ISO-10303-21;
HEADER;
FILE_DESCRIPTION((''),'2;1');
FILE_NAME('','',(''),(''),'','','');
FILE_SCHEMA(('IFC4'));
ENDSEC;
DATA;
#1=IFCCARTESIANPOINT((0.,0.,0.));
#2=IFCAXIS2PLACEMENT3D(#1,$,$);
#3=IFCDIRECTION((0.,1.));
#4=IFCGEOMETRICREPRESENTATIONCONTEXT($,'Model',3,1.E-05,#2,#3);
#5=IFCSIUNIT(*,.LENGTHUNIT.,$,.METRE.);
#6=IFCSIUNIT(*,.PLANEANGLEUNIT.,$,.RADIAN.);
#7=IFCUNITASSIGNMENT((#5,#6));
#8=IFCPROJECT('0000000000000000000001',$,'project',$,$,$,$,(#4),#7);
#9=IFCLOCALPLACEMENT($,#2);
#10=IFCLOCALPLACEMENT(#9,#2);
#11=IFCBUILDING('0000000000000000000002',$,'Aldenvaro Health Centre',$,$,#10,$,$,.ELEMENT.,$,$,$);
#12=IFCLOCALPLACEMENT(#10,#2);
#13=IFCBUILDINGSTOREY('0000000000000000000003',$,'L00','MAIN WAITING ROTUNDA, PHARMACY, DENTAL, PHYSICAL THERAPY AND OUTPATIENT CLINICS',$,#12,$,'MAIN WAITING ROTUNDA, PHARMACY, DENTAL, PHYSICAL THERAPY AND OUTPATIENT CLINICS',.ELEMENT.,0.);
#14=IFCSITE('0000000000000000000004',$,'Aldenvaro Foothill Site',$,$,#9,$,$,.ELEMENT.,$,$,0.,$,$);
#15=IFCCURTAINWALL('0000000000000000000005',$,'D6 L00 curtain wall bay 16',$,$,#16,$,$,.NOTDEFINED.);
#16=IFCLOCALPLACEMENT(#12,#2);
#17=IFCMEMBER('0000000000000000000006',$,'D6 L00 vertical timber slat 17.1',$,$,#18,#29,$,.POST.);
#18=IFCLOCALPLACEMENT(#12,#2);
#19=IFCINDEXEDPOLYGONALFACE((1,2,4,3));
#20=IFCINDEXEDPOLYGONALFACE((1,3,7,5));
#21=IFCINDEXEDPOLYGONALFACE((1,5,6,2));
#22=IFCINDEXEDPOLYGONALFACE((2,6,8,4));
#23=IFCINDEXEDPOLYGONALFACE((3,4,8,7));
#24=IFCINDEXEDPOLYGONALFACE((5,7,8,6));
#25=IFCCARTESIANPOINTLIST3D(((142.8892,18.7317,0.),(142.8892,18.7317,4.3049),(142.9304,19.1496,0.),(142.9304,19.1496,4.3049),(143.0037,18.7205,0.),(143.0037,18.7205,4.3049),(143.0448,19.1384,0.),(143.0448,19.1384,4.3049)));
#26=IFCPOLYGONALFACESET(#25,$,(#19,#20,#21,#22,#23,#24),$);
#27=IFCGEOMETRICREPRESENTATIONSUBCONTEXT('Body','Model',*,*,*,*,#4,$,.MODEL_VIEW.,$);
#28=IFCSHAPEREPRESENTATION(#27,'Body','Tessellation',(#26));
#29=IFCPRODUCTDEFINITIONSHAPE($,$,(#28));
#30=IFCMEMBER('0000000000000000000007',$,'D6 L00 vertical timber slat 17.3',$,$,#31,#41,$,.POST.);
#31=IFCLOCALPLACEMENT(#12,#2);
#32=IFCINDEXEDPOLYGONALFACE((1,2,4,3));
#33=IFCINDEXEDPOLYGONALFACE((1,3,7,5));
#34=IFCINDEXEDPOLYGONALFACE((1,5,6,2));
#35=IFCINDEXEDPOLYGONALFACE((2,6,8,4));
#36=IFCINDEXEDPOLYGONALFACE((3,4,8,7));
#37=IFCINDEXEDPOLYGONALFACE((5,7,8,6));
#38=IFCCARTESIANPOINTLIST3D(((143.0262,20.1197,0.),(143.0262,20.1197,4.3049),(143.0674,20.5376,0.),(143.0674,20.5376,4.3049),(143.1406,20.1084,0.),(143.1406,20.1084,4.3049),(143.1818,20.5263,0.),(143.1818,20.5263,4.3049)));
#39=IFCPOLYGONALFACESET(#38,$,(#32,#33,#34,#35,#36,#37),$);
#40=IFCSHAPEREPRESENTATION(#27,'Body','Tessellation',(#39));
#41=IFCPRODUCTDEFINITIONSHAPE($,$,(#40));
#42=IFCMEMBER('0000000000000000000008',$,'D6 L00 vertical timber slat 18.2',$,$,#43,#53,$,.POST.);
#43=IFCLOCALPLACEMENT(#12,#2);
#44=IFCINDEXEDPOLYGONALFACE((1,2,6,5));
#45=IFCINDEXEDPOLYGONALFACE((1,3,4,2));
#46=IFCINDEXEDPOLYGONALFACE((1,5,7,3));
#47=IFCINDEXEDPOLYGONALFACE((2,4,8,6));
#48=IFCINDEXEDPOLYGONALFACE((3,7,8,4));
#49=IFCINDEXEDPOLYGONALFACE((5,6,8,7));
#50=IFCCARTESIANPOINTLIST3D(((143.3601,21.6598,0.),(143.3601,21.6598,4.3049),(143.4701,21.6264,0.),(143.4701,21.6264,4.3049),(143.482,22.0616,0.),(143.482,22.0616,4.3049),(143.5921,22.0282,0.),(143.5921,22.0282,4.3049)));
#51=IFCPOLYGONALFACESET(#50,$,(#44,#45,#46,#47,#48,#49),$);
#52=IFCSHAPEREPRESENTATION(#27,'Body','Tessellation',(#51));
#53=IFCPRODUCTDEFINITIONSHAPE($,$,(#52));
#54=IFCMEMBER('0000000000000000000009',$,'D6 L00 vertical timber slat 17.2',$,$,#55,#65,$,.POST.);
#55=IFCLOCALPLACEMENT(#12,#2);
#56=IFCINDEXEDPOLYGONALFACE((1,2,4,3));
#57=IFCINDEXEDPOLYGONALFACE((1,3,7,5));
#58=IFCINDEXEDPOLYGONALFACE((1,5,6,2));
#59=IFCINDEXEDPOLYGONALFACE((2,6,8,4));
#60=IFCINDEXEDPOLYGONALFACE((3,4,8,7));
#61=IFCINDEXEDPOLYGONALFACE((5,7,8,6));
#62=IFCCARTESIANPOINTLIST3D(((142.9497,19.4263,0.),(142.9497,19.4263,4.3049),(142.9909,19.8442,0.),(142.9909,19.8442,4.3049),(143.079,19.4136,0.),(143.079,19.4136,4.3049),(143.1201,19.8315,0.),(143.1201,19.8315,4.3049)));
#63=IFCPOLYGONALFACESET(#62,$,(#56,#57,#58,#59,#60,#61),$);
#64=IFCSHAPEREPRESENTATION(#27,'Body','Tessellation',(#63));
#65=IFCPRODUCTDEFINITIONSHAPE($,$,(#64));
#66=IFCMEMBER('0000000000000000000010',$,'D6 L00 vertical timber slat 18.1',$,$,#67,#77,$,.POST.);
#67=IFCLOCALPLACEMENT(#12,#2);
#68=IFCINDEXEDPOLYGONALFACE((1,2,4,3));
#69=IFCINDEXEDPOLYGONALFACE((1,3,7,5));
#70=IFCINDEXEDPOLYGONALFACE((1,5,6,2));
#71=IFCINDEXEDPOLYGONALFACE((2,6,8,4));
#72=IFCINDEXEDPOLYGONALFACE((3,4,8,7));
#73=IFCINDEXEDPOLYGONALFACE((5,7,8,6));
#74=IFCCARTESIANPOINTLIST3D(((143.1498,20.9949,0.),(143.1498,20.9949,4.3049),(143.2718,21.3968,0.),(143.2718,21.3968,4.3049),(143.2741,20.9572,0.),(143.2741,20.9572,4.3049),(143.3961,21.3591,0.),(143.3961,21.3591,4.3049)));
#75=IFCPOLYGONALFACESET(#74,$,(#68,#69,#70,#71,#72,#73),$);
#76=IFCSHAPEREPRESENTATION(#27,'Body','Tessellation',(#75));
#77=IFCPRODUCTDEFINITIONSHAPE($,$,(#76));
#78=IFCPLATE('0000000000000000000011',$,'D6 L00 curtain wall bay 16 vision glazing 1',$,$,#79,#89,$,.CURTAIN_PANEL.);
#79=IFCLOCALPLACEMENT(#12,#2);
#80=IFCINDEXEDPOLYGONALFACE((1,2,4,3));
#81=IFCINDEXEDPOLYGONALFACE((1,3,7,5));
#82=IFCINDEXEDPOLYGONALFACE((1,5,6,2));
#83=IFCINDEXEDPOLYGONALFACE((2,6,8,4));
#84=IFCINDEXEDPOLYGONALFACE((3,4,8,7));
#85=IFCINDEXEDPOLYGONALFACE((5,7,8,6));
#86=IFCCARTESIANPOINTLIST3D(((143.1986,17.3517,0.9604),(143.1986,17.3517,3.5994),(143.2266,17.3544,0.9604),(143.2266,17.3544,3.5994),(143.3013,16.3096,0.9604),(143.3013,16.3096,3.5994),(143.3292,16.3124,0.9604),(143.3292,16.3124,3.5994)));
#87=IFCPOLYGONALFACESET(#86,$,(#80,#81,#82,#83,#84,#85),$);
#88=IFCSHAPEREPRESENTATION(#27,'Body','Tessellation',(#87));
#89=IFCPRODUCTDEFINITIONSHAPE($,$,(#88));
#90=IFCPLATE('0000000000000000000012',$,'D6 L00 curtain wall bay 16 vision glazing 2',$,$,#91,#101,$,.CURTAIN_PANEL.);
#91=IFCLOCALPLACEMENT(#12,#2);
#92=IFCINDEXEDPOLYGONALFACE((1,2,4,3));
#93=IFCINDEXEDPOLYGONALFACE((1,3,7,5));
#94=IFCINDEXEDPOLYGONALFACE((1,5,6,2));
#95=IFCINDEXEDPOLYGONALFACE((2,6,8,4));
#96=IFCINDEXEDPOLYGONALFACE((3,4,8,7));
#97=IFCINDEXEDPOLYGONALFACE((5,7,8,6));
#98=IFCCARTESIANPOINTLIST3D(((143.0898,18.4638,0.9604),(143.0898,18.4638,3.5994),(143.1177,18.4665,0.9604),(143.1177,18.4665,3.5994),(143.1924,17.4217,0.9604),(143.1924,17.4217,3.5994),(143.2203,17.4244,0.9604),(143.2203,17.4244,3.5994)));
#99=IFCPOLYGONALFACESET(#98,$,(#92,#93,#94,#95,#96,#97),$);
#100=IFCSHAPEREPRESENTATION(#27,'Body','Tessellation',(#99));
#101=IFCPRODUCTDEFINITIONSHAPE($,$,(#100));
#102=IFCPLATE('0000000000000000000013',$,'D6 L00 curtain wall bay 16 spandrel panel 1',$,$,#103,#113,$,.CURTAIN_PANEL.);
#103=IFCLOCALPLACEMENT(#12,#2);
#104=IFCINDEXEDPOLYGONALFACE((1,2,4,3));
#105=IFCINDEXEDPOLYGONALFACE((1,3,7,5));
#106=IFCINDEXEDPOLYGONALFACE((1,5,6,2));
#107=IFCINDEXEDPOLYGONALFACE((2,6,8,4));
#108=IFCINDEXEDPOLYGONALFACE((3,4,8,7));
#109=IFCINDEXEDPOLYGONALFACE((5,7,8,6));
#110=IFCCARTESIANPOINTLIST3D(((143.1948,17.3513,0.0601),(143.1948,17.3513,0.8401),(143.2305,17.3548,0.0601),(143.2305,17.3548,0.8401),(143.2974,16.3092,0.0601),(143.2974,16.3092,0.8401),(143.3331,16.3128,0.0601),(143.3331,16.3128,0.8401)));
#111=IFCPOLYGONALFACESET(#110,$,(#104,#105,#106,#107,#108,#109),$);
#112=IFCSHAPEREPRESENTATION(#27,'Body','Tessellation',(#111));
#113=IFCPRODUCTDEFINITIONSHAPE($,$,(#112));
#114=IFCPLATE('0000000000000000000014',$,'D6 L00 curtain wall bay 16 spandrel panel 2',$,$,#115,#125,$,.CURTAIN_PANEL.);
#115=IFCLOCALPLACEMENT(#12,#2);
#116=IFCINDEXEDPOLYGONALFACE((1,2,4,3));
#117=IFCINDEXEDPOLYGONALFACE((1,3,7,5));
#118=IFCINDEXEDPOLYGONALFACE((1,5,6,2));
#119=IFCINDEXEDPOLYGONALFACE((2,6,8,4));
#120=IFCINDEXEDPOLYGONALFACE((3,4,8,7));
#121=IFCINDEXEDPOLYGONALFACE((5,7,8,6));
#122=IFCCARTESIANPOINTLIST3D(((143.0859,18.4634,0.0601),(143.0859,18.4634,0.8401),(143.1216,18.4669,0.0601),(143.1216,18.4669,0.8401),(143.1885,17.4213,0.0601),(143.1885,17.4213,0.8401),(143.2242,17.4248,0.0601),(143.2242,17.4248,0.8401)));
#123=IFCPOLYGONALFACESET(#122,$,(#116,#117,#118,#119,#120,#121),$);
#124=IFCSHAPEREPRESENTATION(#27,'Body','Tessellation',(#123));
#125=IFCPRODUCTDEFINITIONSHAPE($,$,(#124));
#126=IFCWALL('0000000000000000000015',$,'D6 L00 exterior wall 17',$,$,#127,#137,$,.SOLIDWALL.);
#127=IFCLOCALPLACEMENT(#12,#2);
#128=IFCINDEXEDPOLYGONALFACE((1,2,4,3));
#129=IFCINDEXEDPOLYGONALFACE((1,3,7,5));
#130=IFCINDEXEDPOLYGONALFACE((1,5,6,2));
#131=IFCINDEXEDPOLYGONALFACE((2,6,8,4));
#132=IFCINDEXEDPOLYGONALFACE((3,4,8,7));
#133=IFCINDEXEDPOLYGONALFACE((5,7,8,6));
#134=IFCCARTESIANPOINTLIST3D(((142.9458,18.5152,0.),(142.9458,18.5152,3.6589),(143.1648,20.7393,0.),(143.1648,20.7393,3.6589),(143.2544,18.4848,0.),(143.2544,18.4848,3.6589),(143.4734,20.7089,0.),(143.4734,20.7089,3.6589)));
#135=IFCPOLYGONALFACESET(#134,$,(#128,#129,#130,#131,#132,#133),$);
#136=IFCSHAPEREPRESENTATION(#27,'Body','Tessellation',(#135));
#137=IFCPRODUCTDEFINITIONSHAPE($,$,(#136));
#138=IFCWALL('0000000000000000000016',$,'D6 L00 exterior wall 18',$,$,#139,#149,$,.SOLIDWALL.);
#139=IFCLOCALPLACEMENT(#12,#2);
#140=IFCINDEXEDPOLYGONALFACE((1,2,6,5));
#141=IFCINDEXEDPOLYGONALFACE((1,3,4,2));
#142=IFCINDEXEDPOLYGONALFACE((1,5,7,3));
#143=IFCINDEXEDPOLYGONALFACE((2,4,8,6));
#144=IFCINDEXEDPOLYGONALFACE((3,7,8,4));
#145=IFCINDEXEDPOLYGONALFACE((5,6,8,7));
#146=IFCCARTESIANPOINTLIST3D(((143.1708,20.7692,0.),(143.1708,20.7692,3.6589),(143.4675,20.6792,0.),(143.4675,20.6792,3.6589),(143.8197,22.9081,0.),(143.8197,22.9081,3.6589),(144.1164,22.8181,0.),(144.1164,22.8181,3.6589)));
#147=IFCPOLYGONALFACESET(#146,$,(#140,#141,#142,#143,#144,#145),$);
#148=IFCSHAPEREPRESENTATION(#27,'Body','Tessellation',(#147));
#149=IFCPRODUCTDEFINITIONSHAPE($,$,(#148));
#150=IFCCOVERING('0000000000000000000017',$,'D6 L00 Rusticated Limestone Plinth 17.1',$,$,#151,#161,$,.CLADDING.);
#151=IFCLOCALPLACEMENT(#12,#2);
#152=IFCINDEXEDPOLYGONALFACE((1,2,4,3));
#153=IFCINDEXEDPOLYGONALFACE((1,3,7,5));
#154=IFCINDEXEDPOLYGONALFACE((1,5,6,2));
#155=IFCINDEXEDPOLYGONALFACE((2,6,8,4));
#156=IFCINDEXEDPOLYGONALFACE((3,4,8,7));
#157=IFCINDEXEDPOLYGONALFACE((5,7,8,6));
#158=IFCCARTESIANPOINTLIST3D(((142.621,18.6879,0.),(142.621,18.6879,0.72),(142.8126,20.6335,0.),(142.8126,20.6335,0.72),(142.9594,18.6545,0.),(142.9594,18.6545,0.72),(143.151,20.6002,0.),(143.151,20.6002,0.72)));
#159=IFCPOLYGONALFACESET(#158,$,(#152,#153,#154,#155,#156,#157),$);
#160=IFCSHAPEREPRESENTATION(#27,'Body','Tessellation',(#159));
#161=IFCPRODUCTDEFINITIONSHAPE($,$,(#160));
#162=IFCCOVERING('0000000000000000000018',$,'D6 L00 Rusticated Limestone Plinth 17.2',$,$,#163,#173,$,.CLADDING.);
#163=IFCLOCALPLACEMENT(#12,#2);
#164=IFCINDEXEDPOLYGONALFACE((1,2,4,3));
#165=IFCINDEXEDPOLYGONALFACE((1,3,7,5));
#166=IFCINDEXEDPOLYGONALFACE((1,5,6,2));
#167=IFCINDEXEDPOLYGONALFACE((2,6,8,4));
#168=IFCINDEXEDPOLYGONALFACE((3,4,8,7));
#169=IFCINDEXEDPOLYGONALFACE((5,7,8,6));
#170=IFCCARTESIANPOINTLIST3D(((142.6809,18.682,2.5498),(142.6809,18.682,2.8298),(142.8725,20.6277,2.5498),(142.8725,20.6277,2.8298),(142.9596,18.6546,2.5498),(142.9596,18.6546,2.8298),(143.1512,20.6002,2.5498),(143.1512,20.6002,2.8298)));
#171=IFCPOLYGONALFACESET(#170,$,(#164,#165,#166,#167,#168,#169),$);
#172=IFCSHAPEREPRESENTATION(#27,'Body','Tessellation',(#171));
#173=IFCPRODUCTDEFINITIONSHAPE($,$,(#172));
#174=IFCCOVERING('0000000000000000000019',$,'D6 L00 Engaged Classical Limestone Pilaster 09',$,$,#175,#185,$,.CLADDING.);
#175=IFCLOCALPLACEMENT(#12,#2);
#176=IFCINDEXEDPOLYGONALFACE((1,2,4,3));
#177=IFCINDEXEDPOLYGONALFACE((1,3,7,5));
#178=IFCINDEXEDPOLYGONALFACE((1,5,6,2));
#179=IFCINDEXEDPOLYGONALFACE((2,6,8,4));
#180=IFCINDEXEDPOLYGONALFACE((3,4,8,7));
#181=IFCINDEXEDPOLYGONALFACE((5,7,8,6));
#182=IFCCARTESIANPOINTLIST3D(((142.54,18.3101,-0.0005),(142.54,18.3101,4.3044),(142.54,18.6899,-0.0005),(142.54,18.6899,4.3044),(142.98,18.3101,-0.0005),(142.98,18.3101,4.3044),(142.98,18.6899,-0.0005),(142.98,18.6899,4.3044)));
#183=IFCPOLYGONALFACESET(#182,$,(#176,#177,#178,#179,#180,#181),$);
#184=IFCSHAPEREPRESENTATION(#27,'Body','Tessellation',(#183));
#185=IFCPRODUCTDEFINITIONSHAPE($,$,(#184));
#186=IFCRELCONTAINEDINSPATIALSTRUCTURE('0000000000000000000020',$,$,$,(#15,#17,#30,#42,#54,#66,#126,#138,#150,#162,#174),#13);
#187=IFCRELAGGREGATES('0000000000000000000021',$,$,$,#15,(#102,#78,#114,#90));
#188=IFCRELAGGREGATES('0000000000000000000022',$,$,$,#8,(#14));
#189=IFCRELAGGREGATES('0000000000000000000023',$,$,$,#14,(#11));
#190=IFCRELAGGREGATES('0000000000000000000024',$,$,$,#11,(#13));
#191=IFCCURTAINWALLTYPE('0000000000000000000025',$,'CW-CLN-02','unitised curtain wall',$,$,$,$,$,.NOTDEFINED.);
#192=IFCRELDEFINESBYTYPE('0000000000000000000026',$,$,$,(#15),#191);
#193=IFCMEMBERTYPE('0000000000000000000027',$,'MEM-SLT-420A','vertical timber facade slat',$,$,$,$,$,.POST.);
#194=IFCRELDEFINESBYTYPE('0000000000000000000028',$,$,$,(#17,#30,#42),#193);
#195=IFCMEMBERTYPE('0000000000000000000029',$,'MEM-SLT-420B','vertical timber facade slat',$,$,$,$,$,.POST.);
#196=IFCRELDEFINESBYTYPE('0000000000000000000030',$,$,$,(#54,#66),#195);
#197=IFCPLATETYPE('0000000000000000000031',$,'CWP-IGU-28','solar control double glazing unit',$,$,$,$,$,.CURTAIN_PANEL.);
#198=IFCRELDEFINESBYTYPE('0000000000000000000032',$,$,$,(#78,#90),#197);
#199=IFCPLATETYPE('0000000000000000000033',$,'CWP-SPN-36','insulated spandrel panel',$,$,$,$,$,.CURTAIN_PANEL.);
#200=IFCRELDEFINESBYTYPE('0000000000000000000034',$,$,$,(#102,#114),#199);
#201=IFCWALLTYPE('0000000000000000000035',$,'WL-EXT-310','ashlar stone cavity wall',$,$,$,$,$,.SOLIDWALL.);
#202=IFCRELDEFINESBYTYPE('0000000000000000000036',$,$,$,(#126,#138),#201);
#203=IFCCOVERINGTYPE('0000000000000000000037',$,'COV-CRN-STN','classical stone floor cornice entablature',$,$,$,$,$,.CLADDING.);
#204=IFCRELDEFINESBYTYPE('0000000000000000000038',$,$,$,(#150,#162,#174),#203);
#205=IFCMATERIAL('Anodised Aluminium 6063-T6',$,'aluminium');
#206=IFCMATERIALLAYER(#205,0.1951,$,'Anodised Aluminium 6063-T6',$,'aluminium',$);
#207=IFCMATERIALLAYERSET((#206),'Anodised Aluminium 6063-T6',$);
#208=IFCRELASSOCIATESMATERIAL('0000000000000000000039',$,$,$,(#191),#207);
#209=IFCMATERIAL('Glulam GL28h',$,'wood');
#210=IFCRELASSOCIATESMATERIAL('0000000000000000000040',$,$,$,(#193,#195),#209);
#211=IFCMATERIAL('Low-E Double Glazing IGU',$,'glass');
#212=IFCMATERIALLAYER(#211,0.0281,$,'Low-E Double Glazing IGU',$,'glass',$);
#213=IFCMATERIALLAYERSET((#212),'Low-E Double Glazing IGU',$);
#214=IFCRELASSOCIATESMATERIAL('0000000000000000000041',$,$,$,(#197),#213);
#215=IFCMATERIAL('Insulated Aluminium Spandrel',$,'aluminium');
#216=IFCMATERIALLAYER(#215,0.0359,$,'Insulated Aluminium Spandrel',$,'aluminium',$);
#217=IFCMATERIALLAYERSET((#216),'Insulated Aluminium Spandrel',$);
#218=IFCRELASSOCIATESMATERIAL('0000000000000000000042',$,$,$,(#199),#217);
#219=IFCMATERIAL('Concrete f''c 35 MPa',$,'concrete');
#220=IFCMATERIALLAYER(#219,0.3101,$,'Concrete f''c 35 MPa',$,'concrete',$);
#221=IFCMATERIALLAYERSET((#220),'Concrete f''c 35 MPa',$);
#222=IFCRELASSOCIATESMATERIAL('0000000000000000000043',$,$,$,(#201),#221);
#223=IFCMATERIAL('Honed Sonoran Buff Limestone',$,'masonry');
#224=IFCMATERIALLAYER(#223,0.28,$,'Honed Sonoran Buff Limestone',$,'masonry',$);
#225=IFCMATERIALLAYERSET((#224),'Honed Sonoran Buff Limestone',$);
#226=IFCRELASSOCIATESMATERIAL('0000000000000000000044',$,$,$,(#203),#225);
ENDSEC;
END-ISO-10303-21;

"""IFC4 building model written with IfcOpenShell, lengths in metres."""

from ifc_helpers import new_model, si_unit, direction, frame, frame_2d, origin, origin_2d, place, context, subcontext, project, spatial, rectangle, extrude, material, layer, layer_set, material_profile, profile_set, type_object, element, aggregate, save


model = new_model("IFC4")

# Units and contexts
model_context = context("Model", 3, precision=1e-05, world=origin(), true_north=direction((0.0, 1.0)))
body_context = subcontext(model_context, "Body", "Model", "MODEL_VIEW")
ifc_project = project(units=[si_unit("LENGTHUNIT", "METRE"), si_unit("PLANEANGLEUNIT", "RADIAN")], contexts=[model_context])

# Site, building, storey
site_placement = place(None, origin())
site = spatial("IfcSite", under=ifc_project, at=site_placement, Name="Aldenvaro Foothill Site", CompositionType="ELEMENT", RefElevation=0.0)
building_placement = place(site_placement, origin())
building = spatial("IfcBuilding", under=site, at=building_placement, Name="Aldenvaro Health Centre", CompositionType="ELEMENT")
storey_placement = place(building_placement, origin())
storey = spatial("IfcBuildingStorey", under=building, at=storey_placement, Name="L00", Description="MAIN WAITING ROTUNDA, PHARMACY, DENTAL, PHYSICAL THERAPY AND OUTPATIENT CLINICS", LongName="MAIN WAITING ROTUNDA, PHARMACY, DENTAL, PHYSICAL THERAPY AND OUTPATIENT CLINICS", CompositionType="ELEMENT", Elevation=0.0)

# Curtain wall
ifc_material_1 = material(Name="Anodised Aluminium 6063-T6", Category="aluminium")
ifc_layer_1 = layer(ifc_material_1, 0.1951, Name="Anodised Aluminium 6063-T6", Category="aluminium")
ifc_layer_set_1 = layer_set([ifc_layer_1], Name="Anodised Aluminium 6063-T6")
curtain_wall_type = type_object("IfcCurtainWallType", Name="CW-CLN-02", Description="unitised curtain wall", PredefinedType="NOTDEFINED", material=ifc_layer_set_1)
curtain_wall_placement = place(storey_placement, origin())
curtain_wall = element("IfcCurtainWall", 1, at=curtain_wall_placement, inside=storey, type_object=curtain_wall_type, Name="D6 L00 curtain wall bay 16", PredefinedType="NOTDEFINED")

# Members
ifc_material_2 = material(Name="Glulam GL28h", Category="wood")
ifc_material_profile_1 = material_profile(ifc_material_2, rectangle(XDim=0.115, YDim=0.4199, at=origin_2d()), Name="GL 115x420", Category="wood")
ifc_profile_set_1 = profile_set([ifc_material_profile_1], Name="Glulam GL28h")
member_type_1 = type_object("IfcMemberType", Name="MEM-SLT-420A", Description="vertical timber facade slat", PredefinedType="POST", material=ifc_profile_set_1)
for number, where, z_axis, x_axis, name in (
    (2, (142.967, 18.9351, 0.0), (0.0, 0.0, 1.0), (-0.995187, 0.097997, 0.0), "D6 L00 vertical timber slat 17.1"),
    (3, (143.104, 20.323, 0.0), (0.0, 0.0, 1.0), (-0.995187, 0.097997, 0.0), "D6 L00 vertical timber slat 17.3"),
    (4, (143.4761, 21.844, 0.0), (0.0, 0.0, 1.0), (-0.956923, 0.290343, 0.0), "D6 L00 vertical timber slat 18.2"),
):
    element("IfcMember", number, at=place(storey_placement, frame(where, z_axis=z_axis, x_axis=x_axis)), inside=storey, type_object=member_type_1, Name=name, PredefinedType="POST", context=body_context, shape_type="SweptSolid", body=[
        extrude(rectangle(XDim=0.115, YDim=0.4199, at=origin_2d()), origin(), (0.0, 0.0, 1.0), 4.3049),
    ])
ifc_material_profile_2 = material_profile(ifc_material_2, rectangle(XDim=0.1299, YDim=0.4199, at=origin_2d()), Name="GL 130x420", Category="wood")
ifc_profile_set_2 = profile_set([ifc_material_profile_2], Name="Glulam GL28h")
member_type_2 = type_object("IfcMemberType", Name="MEM-SLT-420B", Description="vertical timber facade slat", PredefinedType="POST", material=ifc_profile_set_2)
for number, where, z_axis, x_axis, name in (
    (5, (143.0349, 19.6289, 0.0), (0.0, 0.0, 1.0), (-0.995187, 0.097997, 0.0), "D6 L00 vertical timber slat 17.2"),
    (6, (143.2729, 21.177, 0.0), (0.0, 0.0, 1.0), (-0.956923, 0.290343, 0.0), "D6 L00 vertical timber slat 18.1"),
):
    element("IfcMember", number, at=place(storey_placement, frame(where, z_axis=z_axis, x_axis=x_axis)), inside=storey, type_object=member_type_2, Name=name, PredefinedType="POST", context=body_context, shape_type="SweptSolid", body=[
        extrude(rectangle(XDim=0.1299, YDim=0.4199, at=origin_2d()), origin(), (0.0, 0.0, 1.0), 4.3049),
    ])

# Plates
ifc_material_3 = material(Name="Low-E Double Glazing IGU", Category="glass")
ifc_layer_2 = layer(ifc_material_3, 0.0281, Name="Low-E Double Glazing IGU", Category="glass")
ifc_layer_set_2 = layer_set([ifc_layer_2], Name="Low-E Double Glazing IGU")
plate_type_1 = type_object("IfcPlateType", Name="CWP-IGU-28", Description="solar control double glazing unit", PredefinedType="CURTAIN_PANEL", material=ifc_layer_set_2)
plate_1_placement = place(storey_placement, frame((143.2639, 16.832, 0.9604), z_axis=(0.0, 0.0, 1.0), x_axis=(-0.097997, 0.995187, 0.0)))
plate_1 = element("IfcPlate", 7, at=plate_1_placement, type_object=plate_type_1, Name="D6 L00 curtain wall bay 16 vision glazing 1", PredefinedType="CURTAIN_PANEL", context=body_context, shape_type="SweptSolid", body=[
    extrude(rectangle(XDim=1.0471, YDim=0.0281, at=origin_2d()), origin(), (0.0, 0.0, 1.0), 2.6389),
])
plate_2_placement = place(storey_placement, frame((143.155, 17.9441, 0.9604), z_axis=(0.0, 0.0, 1.0), x_axis=(-0.097997, 0.995187, 0.0)))
plate_2 = element("IfcPlate", 8, at=plate_2_placement, type_object=plate_type_1, Name="D6 L00 curtain wall bay 16 vision glazing 2", PredefinedType="CURTAIN_PANEL", context=body_context, shape_type="SweptSolid", body=[
    extrude(rectangle(XDim=1.0471, YDim=0.0281, at=origin_2d()), origin(), (0.0, 0.0, 1.0), 2.6389),
])
ifc_material_4 = material(Name="Insulated Aluminium Spandrel", Category="aluminium")
ifc_layer_3 = layer(ifc_material_4, 0.0359, Name="Insulated Aluminium Spandrel", Category="aluminium")
ifc_layer_set_3 = layer_set([ifc_layer_3], Name="Insulated Aluminium Spandrel")
plate_type_2 = type_object("IfcPlateType", Name="CWP-SPN-36", Description="insulated spandrel panel", PredefinedType="CURTAIN_PANEL", material=ifc_layer_set_3)
plate_3_placement = place(storey_placement, frame((143.2639, 16.832, 0.0601), z_axis=(0.0, 0.0, 1.0), x_axis=(-0.097997, 0.995187, 0.0)))
plate_3 = element("IfcPlate", 9, at=plate_3_placement, type_object=plate_type_2, Name="D6 L00 curtain wall bay 16 spandrel panel 1", PredefinedType="CURTAIN_PANEL", context=body_context, shape_type="SweptSolid", body=[
    extrude(rectangle(XDim=1.0471, YDim=0.0359, at=origin_2d()), origin(), (0.0, 0.0, 1.0), 0.78),
])
plate_4_placement = place(storey_placement, frame((143.155, 17.9441, 0.0601), z_axis=(0.0, 0.0, 1.0), x_axis=(-0.097997, 0.995187, 0.0)))
plate_4 = element("IfcPlate", 10, at=plate_4_placement, type_object=plate_type_2, Name="D6 L00 curtain wall bay 16 spandrel panel 2", PredefinedType="CURTAIN_PANEL", context=body_context, shape_type="SweptSolid", body=[
    extrude(rectangle(XDim=1.0471, YDim=0.0359, at=origin_2d()), origin(), (0.0, 0.0, 1.0), 0.78),
])
aggregate(curtain_wall, [plate_3, plate_1, plate_4, plate_2])

# Walls
ifc_material_5 = material(Name="Concrete f'c 35 MPa", Category="concrete")
ifc_layer_4 = layer(ifc_material_5, 0.3101, Name="Concrete f'c 35 MPa", Category="concrete")
ifc_layer_set_4 = layer_set([ifc_layer_4], Name="Concrete f'c 35 MPa")
wall_type = type_object("IfcWallType", Name="WL-EXT-310", Description="ashlar stone cavity wall", PredefinedType="SOLIDWALL", material=ifc_layer_set_4)
wall_1_placement = place(storey_placement, frame((143.1001, 18.5, 0.0), z_axis=(0.0, 0.0, 1.0), x_axis=(0.097989, 0.995187, 0.0)))
element("IfcWall", 11, at=wall_1_placement, inside=storey, type_object=wall_type, Name="D6 L00 exterior wall 17", PredefinedType="SOLIDWALL", context=body_context, shape_type="SweptSolid", body=[
    extrude(rectangle(XDim=2.2349, YDim=0.3101, at=frame_2d((1.1174, 0.0))), origin(), (0.0, 0.0, 1.0), 3.6589),
])
wall_2_placement = place(storey_placement, frame((143.3191, 20.7241, 0.0), z_axis=(0.0, 0.0, 1.0), x_axis=(0.290323, 0.956929, 0.0)))
element("IfcWall", 12, at=wall_2_placement, inside=storey, type_object=wall_type, Name="D6 L00 exterior wall 18", PredefinedType="SOLIDWALL", context=body_context, shape_type="SweptSolid", body=[
    extrude(rectangle(XDim=2.2351, YDim=0.3101, at=frame_2d((1.1177, 0.0))), origin(), (0.0, 0.0, 1.0), 3.6589),
])

# Coverings
ifc_material_6 = material(Name="Honed Sonoran Buff Limestone", Category="masonry")
ifc_layer_5 = layer(ifc_material_6, 0.28, Name="Honed Sonoran Buff Limestone", Category="masonry")
ifc_layer_set_5 = layer_set([ifc_layer_5], Name="Honed Sonoran Buff Limestone")
covering_type = type_object("IfcCoveringType", Name="COV-CRN-STN", Description="classical stone floor cornice entablature", PredefinedType="CLADDING", material=ifc_layer_set_5)
covering_1_placement = place(storey_placement, frame((142.886, 19.644, 0.0), z_axis=(0.0, 0.0, 1.0), x_axis=(0.097997, 0.995187, 0.0)))
element("IfcCovering", 13, at=covering_1_placement, inside=storey, type_object=covering_type, Name="D6 L00 Rusticated Limestone Plinth 17.1", PredefinedType="CLADDING", context=body_context, shape_type="SweptSolid", body=[
    extrude(rectangle(XDim=1.9551, YDim=0.3401, at=origin_2d()), origin(), (0.0, 0.0, 1.0), 0.72),
])
covering_2_placement = place(storey_placement, frame((142.916, 19.6411, 2.5498), z_axis=(0.0, 0.0, 1.0), x_axis=(0.097997, 0.995187, 0.0)))
element("IfcCovering", 14, at=covering_2_placement, inside=storey, type_object=covering_type, Name="D6 L00 Rusticated Limestone Plinth 17.2", PredefinedType="CLADDING", context=body_context, shape_type="SweptSolid", body=[
    extrude(rectangle(XDim=1.9551, YDim=0.28, at=origin_2d()), origin(), (0.0, 0.0, 1.0), 0.28),
])
covering_3_placement = place(storey_placement, frame((142.76, 18.5, -0.0005), z_axis=(0.0, 0.0, 1.0), x_axis=(-1.0, 0.0, 0.0)))
element("IfcCovering", 15, at=covering_3_placement, inside=storey, type_object=covering_type, Name="D6 L00 Engaged Classical Limestone Pilaster 09", PredefinedType="CLADDING", context=body_context, shape_type="SweptSolid", body=[
    extrude(rectangle(XDim=0.4399, YDim=0.3799, at=origin_2d()), origin(), (0.0, 0.0, 1.0), 4.3049),
])

save(model, "model.ifc")
